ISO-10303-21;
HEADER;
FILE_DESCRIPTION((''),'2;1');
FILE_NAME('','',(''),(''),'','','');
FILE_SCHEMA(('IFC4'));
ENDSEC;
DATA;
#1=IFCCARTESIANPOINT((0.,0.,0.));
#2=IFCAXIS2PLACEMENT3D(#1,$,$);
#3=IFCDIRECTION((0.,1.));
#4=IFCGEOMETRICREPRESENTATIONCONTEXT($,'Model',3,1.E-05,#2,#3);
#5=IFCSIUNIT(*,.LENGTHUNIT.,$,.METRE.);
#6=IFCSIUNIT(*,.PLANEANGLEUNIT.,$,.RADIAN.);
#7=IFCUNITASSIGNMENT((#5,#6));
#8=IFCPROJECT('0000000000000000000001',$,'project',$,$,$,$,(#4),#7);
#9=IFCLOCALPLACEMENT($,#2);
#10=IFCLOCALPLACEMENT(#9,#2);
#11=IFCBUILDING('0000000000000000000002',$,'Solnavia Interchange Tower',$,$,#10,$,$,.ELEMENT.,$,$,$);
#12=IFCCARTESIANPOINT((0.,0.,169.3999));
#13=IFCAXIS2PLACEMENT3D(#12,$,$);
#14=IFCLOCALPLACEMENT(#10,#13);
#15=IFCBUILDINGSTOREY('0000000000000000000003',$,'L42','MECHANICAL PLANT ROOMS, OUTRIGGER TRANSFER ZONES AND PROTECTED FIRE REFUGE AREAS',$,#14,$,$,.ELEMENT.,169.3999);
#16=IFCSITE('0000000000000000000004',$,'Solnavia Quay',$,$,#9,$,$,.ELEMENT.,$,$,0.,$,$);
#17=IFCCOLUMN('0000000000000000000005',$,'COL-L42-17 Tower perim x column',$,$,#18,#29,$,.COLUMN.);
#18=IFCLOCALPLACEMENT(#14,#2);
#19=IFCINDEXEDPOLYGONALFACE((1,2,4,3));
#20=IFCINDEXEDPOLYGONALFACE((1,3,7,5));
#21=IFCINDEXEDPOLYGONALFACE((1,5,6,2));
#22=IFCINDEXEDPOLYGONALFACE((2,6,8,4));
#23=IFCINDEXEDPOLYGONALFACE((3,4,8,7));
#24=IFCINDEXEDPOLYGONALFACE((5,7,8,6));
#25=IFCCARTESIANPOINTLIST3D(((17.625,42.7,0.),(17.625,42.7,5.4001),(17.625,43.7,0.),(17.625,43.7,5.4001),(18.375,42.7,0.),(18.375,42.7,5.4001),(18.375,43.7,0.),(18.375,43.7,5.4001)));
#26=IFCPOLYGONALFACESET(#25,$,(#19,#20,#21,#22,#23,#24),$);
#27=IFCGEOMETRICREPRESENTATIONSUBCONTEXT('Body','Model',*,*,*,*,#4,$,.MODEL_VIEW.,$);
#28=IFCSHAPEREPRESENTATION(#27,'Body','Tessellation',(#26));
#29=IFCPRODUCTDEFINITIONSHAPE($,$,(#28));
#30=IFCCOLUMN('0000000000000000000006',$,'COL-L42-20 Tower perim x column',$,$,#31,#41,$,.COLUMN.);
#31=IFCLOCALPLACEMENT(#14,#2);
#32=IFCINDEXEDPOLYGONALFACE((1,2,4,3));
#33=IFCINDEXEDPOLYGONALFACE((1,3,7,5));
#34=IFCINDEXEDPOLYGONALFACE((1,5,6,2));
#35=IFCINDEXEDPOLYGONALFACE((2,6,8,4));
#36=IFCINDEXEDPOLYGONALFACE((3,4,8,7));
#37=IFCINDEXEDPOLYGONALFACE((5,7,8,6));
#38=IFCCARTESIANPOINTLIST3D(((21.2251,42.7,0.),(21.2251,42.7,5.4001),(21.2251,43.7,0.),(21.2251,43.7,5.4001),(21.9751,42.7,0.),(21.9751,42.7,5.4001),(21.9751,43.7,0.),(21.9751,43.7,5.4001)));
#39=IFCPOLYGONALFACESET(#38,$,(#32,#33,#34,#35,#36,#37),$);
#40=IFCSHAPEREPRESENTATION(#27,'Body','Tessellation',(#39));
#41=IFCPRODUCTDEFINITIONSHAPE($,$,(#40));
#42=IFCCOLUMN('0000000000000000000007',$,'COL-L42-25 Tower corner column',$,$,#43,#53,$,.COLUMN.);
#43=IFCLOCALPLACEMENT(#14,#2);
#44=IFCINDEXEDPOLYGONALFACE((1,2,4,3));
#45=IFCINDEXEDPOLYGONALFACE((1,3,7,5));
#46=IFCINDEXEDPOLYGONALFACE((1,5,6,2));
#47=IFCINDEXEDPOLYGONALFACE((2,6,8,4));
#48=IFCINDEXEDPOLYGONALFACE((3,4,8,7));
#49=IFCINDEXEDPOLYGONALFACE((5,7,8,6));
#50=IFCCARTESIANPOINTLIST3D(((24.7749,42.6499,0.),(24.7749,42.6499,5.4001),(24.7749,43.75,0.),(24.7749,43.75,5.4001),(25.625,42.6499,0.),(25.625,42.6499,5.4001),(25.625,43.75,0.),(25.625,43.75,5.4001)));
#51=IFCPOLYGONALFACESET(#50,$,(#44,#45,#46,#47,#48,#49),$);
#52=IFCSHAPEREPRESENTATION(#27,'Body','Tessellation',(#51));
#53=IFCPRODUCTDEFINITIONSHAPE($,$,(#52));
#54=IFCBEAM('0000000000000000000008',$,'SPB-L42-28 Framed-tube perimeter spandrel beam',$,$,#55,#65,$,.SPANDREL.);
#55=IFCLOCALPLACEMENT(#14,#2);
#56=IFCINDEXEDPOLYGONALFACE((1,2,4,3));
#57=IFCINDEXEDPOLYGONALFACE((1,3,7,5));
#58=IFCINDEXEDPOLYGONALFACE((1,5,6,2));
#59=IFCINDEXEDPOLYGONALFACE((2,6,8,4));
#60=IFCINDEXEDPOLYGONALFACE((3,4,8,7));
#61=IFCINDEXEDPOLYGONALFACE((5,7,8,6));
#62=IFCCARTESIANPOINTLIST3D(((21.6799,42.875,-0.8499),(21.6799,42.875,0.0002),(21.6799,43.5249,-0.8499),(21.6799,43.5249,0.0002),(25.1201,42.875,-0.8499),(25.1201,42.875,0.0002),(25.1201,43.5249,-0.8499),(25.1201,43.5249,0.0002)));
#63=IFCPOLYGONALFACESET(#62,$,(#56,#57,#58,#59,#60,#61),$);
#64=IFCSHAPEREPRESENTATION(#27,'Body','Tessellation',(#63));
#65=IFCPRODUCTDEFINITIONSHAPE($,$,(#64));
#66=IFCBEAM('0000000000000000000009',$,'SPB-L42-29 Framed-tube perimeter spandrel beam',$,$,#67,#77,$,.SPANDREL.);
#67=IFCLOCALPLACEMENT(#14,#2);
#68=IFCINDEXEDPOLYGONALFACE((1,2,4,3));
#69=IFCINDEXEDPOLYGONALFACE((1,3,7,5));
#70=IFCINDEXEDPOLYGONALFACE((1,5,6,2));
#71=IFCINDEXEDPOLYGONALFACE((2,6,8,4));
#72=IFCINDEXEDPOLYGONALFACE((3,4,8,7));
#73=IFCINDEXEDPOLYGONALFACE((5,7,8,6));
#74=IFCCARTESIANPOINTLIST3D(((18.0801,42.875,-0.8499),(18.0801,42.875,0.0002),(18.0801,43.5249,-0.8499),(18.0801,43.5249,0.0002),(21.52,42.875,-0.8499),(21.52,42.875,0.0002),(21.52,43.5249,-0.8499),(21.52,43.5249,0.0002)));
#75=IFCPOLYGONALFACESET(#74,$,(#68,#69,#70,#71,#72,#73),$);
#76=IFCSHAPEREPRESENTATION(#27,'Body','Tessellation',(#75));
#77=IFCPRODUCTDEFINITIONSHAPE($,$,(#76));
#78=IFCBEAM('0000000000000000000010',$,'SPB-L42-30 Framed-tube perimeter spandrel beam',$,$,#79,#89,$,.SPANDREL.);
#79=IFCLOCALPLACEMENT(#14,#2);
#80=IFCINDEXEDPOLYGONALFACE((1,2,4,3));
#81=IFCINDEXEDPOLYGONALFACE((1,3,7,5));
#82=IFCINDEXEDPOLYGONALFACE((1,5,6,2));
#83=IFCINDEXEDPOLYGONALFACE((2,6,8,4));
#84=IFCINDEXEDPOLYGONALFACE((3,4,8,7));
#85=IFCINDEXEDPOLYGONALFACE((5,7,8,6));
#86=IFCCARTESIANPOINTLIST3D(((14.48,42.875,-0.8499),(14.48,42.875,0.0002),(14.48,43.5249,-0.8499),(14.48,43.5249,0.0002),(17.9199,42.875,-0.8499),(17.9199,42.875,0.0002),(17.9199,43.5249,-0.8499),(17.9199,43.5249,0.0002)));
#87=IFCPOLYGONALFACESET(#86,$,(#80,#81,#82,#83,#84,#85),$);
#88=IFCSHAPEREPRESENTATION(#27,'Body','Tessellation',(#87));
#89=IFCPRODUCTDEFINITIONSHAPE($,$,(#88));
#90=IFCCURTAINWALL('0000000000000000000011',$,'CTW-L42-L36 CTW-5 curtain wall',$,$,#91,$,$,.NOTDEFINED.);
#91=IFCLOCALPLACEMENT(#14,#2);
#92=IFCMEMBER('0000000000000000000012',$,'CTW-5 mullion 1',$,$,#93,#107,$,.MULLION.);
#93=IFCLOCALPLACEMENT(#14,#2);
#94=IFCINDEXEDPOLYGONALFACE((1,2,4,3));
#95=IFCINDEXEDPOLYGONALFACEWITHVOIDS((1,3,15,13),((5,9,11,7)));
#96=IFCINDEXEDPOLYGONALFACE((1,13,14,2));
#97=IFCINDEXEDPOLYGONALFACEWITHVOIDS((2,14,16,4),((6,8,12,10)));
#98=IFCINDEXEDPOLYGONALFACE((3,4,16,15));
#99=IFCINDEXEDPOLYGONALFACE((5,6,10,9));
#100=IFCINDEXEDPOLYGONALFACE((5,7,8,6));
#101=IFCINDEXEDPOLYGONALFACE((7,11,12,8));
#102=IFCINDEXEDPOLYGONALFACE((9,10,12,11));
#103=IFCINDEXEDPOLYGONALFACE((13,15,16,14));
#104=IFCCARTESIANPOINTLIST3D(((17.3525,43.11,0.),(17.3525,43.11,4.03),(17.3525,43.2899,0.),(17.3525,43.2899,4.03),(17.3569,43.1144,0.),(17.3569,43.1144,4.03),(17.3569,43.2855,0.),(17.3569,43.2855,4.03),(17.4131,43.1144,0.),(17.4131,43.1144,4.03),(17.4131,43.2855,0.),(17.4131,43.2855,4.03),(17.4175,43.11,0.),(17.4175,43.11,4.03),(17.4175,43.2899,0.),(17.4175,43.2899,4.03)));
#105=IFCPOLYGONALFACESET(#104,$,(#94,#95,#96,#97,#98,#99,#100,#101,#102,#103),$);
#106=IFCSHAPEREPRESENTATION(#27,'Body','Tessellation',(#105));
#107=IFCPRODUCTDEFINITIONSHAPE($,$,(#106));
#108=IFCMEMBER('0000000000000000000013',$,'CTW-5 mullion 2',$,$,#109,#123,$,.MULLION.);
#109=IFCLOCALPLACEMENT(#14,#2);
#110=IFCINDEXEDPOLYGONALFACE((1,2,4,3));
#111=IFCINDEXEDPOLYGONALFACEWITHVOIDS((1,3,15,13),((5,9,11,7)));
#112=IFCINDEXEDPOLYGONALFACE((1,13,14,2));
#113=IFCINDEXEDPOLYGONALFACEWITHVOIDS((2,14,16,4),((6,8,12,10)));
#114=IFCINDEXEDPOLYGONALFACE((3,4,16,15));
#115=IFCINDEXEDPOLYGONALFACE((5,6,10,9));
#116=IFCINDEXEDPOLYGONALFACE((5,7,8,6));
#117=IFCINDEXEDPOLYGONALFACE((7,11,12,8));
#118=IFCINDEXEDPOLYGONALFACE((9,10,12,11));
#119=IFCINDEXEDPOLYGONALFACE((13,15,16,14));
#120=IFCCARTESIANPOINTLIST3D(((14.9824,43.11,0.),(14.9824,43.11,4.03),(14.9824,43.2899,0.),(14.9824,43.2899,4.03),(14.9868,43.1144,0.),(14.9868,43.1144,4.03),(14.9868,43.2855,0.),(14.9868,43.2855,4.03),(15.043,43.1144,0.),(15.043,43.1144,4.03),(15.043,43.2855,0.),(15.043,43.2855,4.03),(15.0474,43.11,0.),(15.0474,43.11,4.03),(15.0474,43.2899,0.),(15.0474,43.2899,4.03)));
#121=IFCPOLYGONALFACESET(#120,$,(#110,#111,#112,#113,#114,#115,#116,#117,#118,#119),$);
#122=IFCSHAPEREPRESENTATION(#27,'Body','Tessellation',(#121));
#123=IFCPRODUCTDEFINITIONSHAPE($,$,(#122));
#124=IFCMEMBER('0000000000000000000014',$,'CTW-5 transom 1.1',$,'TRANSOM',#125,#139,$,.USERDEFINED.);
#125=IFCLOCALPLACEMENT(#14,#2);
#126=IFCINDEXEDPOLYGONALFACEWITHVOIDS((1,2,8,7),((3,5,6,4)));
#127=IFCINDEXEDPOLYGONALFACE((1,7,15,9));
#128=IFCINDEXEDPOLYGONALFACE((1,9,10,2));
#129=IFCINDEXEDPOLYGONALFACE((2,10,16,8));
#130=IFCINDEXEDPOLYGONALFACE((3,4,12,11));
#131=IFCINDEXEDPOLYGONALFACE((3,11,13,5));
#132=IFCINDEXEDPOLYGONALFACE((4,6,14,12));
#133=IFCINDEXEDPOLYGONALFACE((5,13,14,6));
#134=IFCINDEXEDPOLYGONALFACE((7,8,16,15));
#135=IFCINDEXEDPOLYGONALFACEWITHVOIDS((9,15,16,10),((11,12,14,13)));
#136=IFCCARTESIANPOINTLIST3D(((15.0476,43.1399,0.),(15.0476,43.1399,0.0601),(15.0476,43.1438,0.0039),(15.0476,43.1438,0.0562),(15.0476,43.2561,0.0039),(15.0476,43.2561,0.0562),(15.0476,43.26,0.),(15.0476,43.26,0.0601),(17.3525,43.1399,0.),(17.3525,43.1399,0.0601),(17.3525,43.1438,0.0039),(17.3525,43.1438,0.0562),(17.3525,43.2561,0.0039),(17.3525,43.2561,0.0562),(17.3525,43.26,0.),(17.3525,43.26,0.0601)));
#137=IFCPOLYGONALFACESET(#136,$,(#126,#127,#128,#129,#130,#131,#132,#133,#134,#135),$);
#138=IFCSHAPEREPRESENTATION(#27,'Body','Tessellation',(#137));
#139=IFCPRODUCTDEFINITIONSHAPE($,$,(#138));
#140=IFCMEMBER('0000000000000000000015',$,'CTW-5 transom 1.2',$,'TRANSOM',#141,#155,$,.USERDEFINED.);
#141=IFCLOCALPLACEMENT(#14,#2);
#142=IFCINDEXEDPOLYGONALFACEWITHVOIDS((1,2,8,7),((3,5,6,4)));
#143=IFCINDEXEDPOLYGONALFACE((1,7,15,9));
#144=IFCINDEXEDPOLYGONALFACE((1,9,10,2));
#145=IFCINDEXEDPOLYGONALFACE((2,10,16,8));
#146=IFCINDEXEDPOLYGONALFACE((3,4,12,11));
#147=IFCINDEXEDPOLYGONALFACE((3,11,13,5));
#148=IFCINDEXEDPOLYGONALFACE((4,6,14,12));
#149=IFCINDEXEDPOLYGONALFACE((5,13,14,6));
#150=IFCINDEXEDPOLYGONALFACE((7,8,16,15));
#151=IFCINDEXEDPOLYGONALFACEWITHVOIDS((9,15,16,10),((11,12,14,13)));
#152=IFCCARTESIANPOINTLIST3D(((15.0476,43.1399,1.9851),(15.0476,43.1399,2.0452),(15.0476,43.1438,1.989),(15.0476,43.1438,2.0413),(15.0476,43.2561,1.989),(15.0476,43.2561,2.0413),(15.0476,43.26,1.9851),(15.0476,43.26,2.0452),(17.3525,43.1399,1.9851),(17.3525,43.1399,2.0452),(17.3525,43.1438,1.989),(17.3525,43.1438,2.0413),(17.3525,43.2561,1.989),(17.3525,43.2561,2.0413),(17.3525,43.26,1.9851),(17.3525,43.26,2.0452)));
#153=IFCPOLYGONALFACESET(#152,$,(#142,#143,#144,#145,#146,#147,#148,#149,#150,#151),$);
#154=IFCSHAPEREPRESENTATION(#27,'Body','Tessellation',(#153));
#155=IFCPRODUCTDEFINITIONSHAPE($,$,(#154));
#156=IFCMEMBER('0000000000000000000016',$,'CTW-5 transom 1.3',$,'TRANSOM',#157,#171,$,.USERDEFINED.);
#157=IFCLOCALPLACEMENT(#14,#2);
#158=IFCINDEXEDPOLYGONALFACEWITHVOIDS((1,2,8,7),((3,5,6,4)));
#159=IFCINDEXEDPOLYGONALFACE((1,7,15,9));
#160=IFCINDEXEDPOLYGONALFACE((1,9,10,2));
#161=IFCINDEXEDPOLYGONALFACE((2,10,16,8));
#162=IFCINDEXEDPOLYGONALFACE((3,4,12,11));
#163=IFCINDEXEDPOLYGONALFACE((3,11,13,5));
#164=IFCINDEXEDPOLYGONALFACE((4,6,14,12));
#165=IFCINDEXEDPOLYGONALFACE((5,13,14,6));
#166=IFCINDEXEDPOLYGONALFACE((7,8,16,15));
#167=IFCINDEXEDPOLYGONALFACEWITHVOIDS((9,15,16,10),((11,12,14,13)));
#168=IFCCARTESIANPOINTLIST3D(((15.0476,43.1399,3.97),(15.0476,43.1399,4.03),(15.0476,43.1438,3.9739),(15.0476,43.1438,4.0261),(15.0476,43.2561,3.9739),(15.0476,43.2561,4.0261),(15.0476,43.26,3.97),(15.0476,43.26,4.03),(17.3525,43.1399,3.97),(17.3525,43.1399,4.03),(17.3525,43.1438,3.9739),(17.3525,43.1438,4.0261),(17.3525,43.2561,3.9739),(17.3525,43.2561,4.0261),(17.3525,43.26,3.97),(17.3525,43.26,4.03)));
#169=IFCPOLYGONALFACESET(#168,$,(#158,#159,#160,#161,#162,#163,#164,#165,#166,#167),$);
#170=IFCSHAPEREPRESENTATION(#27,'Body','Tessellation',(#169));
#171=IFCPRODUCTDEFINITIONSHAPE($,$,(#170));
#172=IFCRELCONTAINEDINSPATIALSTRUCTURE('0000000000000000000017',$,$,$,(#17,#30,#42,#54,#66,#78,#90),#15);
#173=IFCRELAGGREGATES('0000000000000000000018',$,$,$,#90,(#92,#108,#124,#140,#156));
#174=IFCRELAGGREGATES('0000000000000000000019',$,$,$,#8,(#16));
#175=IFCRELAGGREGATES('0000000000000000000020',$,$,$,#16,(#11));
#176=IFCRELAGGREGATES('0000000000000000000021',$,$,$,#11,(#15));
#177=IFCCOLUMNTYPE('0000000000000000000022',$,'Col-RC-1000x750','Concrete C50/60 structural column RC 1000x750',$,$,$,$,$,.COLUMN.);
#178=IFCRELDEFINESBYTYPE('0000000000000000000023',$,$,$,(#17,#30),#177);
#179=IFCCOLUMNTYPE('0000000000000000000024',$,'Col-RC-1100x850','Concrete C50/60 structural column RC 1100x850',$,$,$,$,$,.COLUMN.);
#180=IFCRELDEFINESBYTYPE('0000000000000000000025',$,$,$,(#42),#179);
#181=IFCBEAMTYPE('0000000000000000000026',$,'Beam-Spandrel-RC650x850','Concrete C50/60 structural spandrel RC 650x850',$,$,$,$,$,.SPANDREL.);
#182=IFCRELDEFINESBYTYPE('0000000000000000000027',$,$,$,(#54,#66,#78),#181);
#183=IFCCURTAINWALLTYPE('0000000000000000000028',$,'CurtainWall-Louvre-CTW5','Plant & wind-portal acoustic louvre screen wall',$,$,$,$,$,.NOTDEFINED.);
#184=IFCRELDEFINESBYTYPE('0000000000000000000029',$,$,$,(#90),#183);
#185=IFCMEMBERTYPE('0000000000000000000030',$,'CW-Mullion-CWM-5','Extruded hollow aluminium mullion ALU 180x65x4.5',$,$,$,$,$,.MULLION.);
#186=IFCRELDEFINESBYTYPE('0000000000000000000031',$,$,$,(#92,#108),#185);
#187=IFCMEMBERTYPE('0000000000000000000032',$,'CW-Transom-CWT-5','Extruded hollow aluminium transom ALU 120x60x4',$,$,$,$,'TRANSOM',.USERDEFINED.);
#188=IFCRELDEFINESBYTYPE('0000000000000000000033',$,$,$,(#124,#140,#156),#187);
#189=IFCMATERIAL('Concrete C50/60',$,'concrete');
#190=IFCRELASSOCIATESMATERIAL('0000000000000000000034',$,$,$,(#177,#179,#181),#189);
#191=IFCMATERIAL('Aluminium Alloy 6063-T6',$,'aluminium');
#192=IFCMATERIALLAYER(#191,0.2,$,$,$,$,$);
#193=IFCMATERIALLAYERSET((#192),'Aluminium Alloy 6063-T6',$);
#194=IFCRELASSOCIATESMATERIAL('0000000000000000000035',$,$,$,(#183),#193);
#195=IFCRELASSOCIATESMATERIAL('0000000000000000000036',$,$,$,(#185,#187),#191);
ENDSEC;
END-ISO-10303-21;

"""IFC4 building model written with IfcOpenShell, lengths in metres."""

from ifc_helpers import new_model, si_unit, direction, frame, origin, origin_2d, place, context, subcontext, project, spatial, rectangle, hollow_rectangle, extrude, material, layer, layer_set, material_profile, profile_set, type_object, element, aggregate, save


model = new_model("IFC4")

# Units and contexts
model_context = context("Model", 3, precision=1e-05, world=origin(), true_north=direction((0.0, 1.0)))
body_context = subcontext(model_context, "Body", "Model", "MODEL_VIEW")
ifc_project = project(units=[si_unit("LENGTHUNIT", "METRE"), si_unit("PLANEANGLEUNIT", "RADIAN")], contexts=[model_context])

# Site, building, storey
site_placement = place(None, origin())
site = spatial("IfcSite", under=ifc_project, at=site_placement, Name="Solnavia Quay", CompositionType="ELEMENT", RefElevation=0.0)
building_placement = place(site_placement, origin())
building = spatial("IfcBuilding", under=site, at=building_placement, Name="Solnavia Interchange Tower", CompositionType="ELEMENT")
storey_placement = place(building_placement, frame((0.0, 0.0, 169.3999)))
storey = spatial("IfcBuildingStorey", under=building, at=storey_placement, Name="L42", Description="MECHANICAL PLANT ROOMS, OUTRIGGER TRANSFER ZONES AND PROTECTED FIRE REFUGE AREAS", CompositionType="ELEMENT", Elevation=169.3999)

# Columns
ifc_material_1 = material(Name="Concrete C50/60", Category="concrete")
ifc_material_profile_1 = material_profile(ifc_material_1, rectangle(XDim=0.75, YDim=1.0, at=origin_2d()), Name="RC 1000x750")
ifc_profile_set_1 = profile_set([ifc_material_profile_1], Name="Concrete C50/60")
column_type_1 = type_object("IfcColumnType", Name="Col-RC-1000x750", Description="Concrete C50/60 structural column RC 1000x750", PredefinedType="COLUMN", material=ifc_profile_set_1)
for number, where, z_axis, x_axis, name in (
    (1, (18.0, 43.2, 0.0), (0.0, 0.0, 1.0), (1.0, 0.0, 0.0), "COL-L42-17 Tower perim x column"),
    (2, (21.6001, 43.2, 0.0), (0.0, 0.0, 1.0), (1.0, 0.0, 0.0), "COL-L42-20 Tower perim x column"),
):
    element("IfcColumn", number, at=place(storey_placement, frame(where, z_axis=z_axis, x_axis=x_axis)), inside=storey, type_object=column_type_1, Name=name, PredefinedType="COLUMN", context=body_context, shape_type="SweptSolid", body=[
        extrude(rectangle(XDim=0.75, YDim=1.0, at=origin_2d()), origin(), (0.0, 0.0, 1.0), 5.4001),
    ])
ifc_material_profile_2 = material_profile(ifc_material_1, rectangle(XDim=0.8501, YDim=1.1001, at=origin_2d()), Name="RC 1100x850")
ifc_profile_set_2 = profile_set([ifc_material_profile_2], Name="Concrete C50/60")
column_type_2 = type_object("IfcColumnType", Name="Col-RC-1100x850", Description="Concrete C50/60 structural column RC 1100x850", PredefinedType="COLUMN", material=ifc_profile_set_2)
column_placement = place(storey_placement, frame((25.2, 43.2, 0.0), z_axis=(0.0, 0.0, 1.0), x_axis=(1.0, 0.0, 0.0)))
element("IfcColumn", 3, at=column_placement, inside=storey, type_object=column_type_2, Name="COL-L42-25 Tower corner column", PredefinedType="COLUMN", context=body_context, shape_type="SweptSolid", body=[
    extrude(rectangle(XDim=0.8501, YDim=1.1001, at=origin_2d()), origin(), (0.0, 0.0, 1.0), 5.4001),
])

# Beams
ifc_material_profile_3 = material_profile(ifc_material_1, rectangle(XDim=0.6499, YDim=0.8501, at=origin_2d()), Name="RC 650x850")
ifc_profile_set_3 = profile_set([ifc_material_profile_3], Name="Concrete C50/60")
beam_type = type_object("IfcBeamType", Name="Beam-Spandrel-RC650x850", Description="Concrete C50/60 structural spandrel RC 650x850", PredefinedType="SPANDREL", material=ifc_profile_set_3)
beam_placement = place(storey_placement, frame((25.1201, 43.2, -0.4248), z_axis=(-1.0, 0.0, 0.0), x_axis=(0.0, -1.0, 0.0)))
element("IfcBeam", 4, at=beam_placement, inside=storey, type_object=beam_type, Name="SPB-L42-28 Framed-tube perimeter spandrel beam", PredefinedType="SPANDREL", context=body_context, shape_type="SweptSolid", body=[
    extrude(rectangle(XDim=0.6499, YDim=0.8501, at=origin_2d()), origin(), (0.0, 0.0, 1.0), 3.4402),
])
for number, where, z_axis, x_axis, name in (
    (5, (21.52, 43.2, -0.4248), (-1.0, 0.0, 0.0), (0.0, -1.0, 0.0), "SPB-L42-29 Framed-tube perimeter spandrel beam"),
    (6, (17.9199, 43.2, -0.4248), (-1.0, 0.0, 0.0), (0.0, -1.0, 0.0), "SPB-L42-30 Framed-tube perimeter spandrel beam"),
):
    element("IfcBeam", number, at=place(storey_placement, frame(where, z_axis=z_axis, x_axis=x_axis)), inside=storey, type_object=beam_type, Name=name, PredefinedType="SPANDREL", context=body_context, shape_type="SweptSolid", body=[
        extrude(rectangle(XDim=0.6499, YDim=0.8501, at=origin_2d()), origin(), (0.0, 0.0, 1.0), 3.4399),
    ])

# Curtain wall, members
ifc_material_2 = material(Name="Aluminium Alloy 6063-T6", Category="aluminium")
ifc_layer_1 = layer(ifc_material_2, 0.2)
ifc_layer_set_1 = layer_set([ifc_layer_1], Name="Aluminium Alloy 6063-T6")
curtain_wall_type = type_object("IfcCurtainWallType", Name="CurtainWall-Louvre-CTW5", Description="Plant & wind-portal acoustic louvre screen wall", PredefinedType="NOTDEFINED", material=ifc_layer_set_1)
curtain_wall_placement = place(storey_placement, origin())
curtain_wall = element("IfcCurtainWall", 7, at=curtain_wall_placement, inside=storey, type_object=curtain_wall_type, Name="CTW-L42-L36 CTW-5 curtain wall", PredefinedType="NOTDEFINED")
ifc_material_profile_4 = material_profile(ifc_material_2, hollow_rectangle(XDim=0.0649, YDim=0.1799, WallThickness=0.0044, at=origin_2d()), Name="ALU 180x65x4.5")
ifc_profile_set_4 = profile_set([ifc_material_profile_4], Name="Aluminium Alloy 6063-T6")
member_type_1 = type_object("IfcMemberType", Name="CW-Mullion-CWM-5", Description="Extruded hollow aluminium mullion ALU 180x65x4.5", PredefinedType="MULLION", material=ifc_profile_set_4)
member_1_placement = place(storey_placement, frame((17.385, 43.2, 0.0), z_axis=(0.0, 0.0, 1.0), x_axis=(-1.0, 0.0, 0.0)))
member_1 = element("IfcMember", 8, at=member_1_placement, type_object=member_type_1, Name="CTW-5 mullion 1", PredefinedType="MULLION", context=body_context, shape_type="SweptSolid", body=[
    extrude(hollow_rectangle(XDim=0.0649, YDim=0.1799, WallThickness=0.0044, at=origin_2d()), origin(), (0.0, 0.0, 1.0), 4.03),
])
member_2_placement = place(storey_placement, frame((15.0149, 43.2, 0.0), z_axis=(0.0, 0.0, 1.0), x_axis=(-1.0, 0.0, 0.0)))
member_2 = element("IfcMember", 9, at=member_2_placement, type_object=member_type_1, Name="CTW-5 mullion 2", PredefinedType="MULLION", context=body_context, shape_type="SweptSolid", body=[
    extrude(hollow_rectangle(XDim=0.0649, YDim=0.1799, WallThickness=0.0044, at=origin_2d()), origin(), (0.0, 0.0, 1.0), 4.03),
])
ifc_material_profile_5 = material_profile(ifc_material_2, hollow_rectangle(XDim=0.0601, YDim=0.1201, WallThickness=0.0039, at=origin_2d()), Name="ALU 120x60x4")
ifc_profile_set_5 = profile_set([ifc_material_profile_5], Name="Aluminium Alloy 6063-T6")
member_type_2 = type_object("IfcMemberType", Name="CW-Transom-CWT-5", Description="Extruded hollow aluminium transom ALU 120x60x4", ElementType="TRANSOM", PredefinedType="USERDEFINED", material=ifc_profile_set_5)
member_3_placement = place(storey_placement, frame((17.3525, 43.2, 0.03), z_axis=(-1.0, 0.0, 0.0), x_axis=(0.0, 0.0, 1.0)))
member_3 = element("IfcMember", 10, at=member_3_placement, type_object=member_type_2, Name="CTW-5 transom 1.1", ObjectType="TRANSOM", PredefinedType="USERDEFINED", context=body_context, shape_type="SweptSolid", body=[
    extrude(hollow_rectangle(XDim=0.0601, YDim=0.1201, WallThickness=0.0039, at=origin_2d()), origin(), (0.0, 0.0, 1.0), 2.3049),
])
member_4_placement = place(storey_placement, frame((17.3525, 43.2, 2.0151), z_axis=(-1.0, 0.0, 0.0), x_axis=(0.0, 0.0, 1.0)))
member_4 = element("IfcMember", 11, at=member_4_placement, type_object=member_type_2, Name="CTW-5 transom 1.2", ObjectType="TRANSOM", PredefinedType="USERDEFINED", context=body_context, shape_type="SweptSolid", body=[
    extrude(hollow_rectangle(XDim=0.0601, YDim=0.1201, WallThickness=0.0039, at=origin_2d()), origin(), (0.0, 0.0, 1.0), 2.3049),
])
member_5_placement = place(storey_placement, frame((17.3525, 43.2, 4.0), z_axis=(-1.0, 0.0, 0.0), x_axis=(0.0, 0.0, 1.0)))
member_5 = element("IfcMember", 12, at=member_5_placement, type_object=member_type_2, Name="CTW-5 transom 1.3", ObjectType="TRANSOM", PredefinedType="USERDEFINED", context=body_context, shape_type="SweptSolid", body=[
    extrude(hollow_rectangle(XDim=0.0601, YDim=0.1201, WallThickness=0.0039, at=origin_2d()), origin(), (0.0, 0.0, 1.0), 2.3049),
])

aggregate(curtain_wall, [member_1, member_2, member_3, member_4, member_5])

save(model, "model.ifc")
